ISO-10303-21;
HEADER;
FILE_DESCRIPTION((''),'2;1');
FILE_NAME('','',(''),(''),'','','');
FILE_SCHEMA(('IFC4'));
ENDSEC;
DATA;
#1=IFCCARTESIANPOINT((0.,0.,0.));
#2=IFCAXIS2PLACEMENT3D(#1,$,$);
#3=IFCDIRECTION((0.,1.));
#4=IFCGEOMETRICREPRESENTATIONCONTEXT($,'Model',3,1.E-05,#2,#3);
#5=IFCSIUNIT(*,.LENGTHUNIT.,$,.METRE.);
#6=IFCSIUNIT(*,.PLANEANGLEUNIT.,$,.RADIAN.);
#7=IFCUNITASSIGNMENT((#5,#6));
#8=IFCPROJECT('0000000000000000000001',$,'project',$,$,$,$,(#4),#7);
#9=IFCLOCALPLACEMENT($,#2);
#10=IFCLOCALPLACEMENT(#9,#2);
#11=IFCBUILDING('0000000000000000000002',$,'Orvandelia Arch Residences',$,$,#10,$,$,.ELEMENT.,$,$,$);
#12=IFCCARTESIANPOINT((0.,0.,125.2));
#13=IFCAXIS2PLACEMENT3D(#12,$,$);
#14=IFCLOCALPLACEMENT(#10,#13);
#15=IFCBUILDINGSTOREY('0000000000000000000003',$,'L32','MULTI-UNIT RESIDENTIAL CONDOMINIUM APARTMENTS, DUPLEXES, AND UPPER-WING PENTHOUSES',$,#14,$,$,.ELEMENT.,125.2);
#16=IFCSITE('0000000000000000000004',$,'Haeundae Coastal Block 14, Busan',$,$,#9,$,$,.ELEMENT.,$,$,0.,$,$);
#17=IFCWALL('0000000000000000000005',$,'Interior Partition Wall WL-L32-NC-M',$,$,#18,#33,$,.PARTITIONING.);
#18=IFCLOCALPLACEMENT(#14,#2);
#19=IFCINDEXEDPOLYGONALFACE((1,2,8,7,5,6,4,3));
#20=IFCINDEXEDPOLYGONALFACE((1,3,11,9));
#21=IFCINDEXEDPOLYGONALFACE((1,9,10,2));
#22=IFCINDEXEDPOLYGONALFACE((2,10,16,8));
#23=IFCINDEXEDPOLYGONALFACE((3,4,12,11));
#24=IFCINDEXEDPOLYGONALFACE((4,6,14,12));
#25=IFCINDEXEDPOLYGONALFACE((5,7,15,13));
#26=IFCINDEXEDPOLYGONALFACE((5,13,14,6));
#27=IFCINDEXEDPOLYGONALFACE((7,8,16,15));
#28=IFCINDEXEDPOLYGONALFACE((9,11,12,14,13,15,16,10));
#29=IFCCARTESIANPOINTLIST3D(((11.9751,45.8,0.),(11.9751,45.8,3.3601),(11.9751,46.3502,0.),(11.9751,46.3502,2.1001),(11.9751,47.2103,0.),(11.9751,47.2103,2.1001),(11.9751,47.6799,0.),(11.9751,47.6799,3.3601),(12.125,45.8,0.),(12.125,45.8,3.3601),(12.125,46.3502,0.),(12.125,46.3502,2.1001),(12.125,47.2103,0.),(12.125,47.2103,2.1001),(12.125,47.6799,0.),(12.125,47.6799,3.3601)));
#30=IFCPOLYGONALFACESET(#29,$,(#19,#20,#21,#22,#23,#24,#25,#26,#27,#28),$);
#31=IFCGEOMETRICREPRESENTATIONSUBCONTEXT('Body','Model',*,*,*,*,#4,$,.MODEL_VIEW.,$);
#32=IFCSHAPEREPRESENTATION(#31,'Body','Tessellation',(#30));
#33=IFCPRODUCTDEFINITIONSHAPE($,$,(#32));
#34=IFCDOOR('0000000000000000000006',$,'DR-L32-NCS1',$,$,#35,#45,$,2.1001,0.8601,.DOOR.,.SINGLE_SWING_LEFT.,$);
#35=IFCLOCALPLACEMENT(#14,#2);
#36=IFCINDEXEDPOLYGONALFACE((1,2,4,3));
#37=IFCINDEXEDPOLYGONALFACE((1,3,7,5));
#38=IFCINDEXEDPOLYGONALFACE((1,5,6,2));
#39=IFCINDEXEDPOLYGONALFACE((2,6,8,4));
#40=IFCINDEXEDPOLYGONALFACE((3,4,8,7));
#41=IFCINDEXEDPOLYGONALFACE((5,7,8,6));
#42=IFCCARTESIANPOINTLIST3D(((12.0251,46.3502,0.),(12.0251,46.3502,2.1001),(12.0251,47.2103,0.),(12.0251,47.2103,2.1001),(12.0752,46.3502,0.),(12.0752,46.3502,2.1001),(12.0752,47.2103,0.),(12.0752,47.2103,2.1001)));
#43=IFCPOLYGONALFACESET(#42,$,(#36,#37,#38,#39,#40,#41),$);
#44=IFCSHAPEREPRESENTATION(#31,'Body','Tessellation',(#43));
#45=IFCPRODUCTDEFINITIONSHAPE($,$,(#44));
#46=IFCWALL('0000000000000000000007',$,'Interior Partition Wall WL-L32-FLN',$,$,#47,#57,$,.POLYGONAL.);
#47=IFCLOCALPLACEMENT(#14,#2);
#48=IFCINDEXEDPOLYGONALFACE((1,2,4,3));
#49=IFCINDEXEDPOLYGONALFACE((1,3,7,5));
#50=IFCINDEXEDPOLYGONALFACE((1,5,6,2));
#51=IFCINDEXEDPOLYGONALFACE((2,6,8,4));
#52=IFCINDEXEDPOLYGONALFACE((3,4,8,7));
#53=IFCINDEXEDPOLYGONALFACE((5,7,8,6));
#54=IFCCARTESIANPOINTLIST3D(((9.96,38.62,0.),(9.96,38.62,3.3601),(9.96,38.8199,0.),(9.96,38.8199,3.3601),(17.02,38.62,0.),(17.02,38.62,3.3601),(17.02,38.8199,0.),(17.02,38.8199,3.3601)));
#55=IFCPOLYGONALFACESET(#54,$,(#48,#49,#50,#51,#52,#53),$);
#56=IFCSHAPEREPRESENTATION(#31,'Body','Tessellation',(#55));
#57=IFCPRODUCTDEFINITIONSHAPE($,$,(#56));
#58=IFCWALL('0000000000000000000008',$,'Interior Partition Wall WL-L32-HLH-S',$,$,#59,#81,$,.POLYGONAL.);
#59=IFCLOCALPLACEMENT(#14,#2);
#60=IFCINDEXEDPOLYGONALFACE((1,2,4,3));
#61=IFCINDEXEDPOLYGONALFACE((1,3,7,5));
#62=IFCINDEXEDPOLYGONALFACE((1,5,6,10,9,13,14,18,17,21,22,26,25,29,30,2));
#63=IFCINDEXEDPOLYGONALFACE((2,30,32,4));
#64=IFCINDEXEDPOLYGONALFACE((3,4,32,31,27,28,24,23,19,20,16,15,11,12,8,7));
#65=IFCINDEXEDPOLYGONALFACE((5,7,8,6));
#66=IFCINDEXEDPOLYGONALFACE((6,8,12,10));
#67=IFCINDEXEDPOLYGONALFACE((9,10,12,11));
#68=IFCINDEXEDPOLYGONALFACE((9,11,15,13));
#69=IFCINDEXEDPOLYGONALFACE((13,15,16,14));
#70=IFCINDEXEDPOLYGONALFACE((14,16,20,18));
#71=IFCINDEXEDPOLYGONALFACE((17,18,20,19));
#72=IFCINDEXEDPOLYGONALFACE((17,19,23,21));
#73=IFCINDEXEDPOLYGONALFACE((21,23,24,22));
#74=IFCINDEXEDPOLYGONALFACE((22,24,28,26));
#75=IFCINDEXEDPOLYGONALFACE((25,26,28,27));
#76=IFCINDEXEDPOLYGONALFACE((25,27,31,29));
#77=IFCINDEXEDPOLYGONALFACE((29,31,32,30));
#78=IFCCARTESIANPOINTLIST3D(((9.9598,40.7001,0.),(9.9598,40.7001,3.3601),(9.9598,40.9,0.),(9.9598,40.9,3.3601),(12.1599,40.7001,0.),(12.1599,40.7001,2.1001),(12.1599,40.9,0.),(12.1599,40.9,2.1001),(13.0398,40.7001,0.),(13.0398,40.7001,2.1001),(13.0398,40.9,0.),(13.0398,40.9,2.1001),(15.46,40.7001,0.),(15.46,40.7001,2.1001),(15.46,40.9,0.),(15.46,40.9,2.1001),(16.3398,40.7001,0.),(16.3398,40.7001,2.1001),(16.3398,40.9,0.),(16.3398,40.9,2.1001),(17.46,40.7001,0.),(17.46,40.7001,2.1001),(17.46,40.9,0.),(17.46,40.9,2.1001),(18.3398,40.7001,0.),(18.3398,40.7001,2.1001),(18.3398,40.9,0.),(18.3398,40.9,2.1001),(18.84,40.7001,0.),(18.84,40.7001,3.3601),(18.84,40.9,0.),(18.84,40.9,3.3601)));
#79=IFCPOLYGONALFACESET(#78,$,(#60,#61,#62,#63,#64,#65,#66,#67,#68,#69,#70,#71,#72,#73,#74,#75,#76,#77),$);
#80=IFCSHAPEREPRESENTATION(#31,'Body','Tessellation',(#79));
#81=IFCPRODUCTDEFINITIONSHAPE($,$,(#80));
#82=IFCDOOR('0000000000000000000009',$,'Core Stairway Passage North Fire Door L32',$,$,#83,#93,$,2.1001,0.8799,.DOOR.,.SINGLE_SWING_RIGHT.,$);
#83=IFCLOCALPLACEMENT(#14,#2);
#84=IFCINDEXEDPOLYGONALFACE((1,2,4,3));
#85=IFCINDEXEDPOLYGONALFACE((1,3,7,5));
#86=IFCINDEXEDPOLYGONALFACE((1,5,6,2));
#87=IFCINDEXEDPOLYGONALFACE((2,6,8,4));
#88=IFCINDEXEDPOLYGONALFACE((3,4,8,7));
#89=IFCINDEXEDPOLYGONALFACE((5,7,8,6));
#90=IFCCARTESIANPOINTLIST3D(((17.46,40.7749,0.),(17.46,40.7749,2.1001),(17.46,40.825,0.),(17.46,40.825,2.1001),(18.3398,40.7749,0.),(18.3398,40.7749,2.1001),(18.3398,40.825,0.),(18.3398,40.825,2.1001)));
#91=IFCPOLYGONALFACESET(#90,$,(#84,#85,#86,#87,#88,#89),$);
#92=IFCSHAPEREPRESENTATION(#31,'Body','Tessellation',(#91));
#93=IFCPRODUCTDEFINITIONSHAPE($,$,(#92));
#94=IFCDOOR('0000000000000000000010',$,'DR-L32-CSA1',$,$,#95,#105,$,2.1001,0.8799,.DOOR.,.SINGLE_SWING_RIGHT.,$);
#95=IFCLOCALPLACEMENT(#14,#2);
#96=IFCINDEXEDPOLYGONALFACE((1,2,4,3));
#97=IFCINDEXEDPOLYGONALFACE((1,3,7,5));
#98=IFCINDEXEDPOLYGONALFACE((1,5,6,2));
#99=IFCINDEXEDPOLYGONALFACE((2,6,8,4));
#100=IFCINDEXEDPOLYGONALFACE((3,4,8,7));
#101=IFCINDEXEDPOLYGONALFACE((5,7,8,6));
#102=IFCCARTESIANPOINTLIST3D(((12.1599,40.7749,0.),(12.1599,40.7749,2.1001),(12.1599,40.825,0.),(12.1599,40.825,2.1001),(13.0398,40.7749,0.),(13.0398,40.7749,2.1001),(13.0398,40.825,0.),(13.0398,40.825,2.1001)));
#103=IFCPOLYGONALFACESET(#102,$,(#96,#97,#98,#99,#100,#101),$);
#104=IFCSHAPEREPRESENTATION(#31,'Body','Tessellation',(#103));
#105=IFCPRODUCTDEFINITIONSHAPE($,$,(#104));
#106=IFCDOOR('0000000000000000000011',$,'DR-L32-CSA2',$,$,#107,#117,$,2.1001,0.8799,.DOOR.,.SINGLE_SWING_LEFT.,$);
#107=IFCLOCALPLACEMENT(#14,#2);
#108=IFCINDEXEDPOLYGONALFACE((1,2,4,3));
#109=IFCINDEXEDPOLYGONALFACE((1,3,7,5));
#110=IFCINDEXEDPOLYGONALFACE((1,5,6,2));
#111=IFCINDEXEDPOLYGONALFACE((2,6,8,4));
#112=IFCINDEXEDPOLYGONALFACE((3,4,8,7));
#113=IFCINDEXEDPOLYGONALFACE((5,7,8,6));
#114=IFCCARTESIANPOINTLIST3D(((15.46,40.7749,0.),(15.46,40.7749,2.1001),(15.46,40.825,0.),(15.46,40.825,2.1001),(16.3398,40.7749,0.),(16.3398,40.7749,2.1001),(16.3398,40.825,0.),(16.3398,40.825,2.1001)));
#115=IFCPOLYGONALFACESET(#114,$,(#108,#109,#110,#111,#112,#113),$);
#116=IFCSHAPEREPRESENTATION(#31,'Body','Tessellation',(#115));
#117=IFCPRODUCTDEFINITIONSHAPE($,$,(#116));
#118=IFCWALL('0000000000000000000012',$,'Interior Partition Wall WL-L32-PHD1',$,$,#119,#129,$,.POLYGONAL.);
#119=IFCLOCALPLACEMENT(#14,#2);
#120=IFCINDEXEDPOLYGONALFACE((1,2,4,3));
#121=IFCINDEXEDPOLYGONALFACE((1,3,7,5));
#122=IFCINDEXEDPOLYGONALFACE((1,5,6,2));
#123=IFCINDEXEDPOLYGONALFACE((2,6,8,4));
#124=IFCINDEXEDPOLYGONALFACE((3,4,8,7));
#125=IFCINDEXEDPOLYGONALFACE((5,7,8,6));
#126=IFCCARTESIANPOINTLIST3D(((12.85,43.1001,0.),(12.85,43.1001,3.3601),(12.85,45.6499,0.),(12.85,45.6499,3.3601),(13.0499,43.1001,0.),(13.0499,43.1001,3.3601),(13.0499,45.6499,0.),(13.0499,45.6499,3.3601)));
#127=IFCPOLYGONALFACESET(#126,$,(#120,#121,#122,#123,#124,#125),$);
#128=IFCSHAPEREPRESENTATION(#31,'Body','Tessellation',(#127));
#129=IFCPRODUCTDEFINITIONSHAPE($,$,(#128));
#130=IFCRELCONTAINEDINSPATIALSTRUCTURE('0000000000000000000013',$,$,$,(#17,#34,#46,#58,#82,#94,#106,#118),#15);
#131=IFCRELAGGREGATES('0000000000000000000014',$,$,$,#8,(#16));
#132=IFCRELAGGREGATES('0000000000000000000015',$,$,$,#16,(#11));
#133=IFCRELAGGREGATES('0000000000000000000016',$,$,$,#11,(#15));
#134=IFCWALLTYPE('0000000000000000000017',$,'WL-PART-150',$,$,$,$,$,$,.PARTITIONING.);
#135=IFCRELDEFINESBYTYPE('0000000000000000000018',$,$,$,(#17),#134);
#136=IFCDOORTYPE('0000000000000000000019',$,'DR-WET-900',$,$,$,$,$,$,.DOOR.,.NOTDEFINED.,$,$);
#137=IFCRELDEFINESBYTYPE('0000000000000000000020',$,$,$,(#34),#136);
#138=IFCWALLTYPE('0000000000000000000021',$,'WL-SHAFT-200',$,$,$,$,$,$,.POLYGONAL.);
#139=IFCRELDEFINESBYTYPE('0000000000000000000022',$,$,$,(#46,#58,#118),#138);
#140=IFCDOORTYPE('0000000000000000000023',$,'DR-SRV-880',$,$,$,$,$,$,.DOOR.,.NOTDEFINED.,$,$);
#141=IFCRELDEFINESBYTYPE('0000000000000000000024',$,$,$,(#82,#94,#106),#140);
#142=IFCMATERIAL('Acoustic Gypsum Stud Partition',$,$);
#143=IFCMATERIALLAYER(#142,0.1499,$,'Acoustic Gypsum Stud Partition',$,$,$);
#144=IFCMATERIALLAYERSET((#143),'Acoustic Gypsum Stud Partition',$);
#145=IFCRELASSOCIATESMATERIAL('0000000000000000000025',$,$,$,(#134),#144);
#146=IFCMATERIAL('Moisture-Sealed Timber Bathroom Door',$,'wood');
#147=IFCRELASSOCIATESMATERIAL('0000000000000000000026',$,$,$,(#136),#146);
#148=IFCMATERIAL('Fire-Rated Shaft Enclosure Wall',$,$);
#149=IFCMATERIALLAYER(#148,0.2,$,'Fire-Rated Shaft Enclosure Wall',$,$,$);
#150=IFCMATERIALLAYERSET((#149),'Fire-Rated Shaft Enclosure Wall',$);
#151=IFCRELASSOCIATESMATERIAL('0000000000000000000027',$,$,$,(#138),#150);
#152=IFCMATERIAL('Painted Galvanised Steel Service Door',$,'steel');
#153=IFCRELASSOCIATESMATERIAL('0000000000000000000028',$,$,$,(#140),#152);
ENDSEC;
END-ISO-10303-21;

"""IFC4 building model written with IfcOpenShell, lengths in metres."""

from ifc_helpers import new_model, si_unit, direction, frame, frame_2d, origin, place, context, subcontext, project, spatial, rectangle, extrude, material, layer, layer_set, type_object, element, fill, save


model = new_model("IFC4")

# Units and contexts
model_context = context("Model", 3, precision=1e-05, world=origin(), true_north=direction((0.0, 1.0)))
body_context = subcontext(model_context, "Body", "Model", "MODEL_VIEW")
ifc_project = project(units=[si_unit("LENGTHUNIT", "METRE"), si_unit("PLANEANGLEUNIT", "RADIAN")], contexts=[model_context])

# Site, building, storey
site_placement = place(None, origin())
site = spatial("IfcSite", under=ifc_project, at=site_placement, Name="Haeundae Coastal Block 14, Busan", CompositionType="ELEMENT", RefElevation=0.0)
building_placement = place(site_placement, origin())
building = spatial("IfcBuilding", under=site, at=building_placement, Name="Orvandelia Arch Residences", CompositionType="ELEMENT")
storey_placement = place(building_placement, frame((0.0, 0.0, 125.2)))
storey = spatial("IfcBuildingStorey", under=building, at=storey_placement, Name="L32", Description="MULTI-UNIT RESIDENTIAL CONDOMINIUM APARTMENTS, DUPLEXES, AND UPPER-WING PENTHOUSES", CompositionType="ELEMENT", Elevation=125.2)

# Shared definitions
ifc_material_1 = material(Name="Acoustic Gypsum Stud Partition")
ifc_layer_1 = layer(ifc_material_1, 0.1499, Name="Acoustic Gypsum Stud Partition")
ifc_layer_set_1 = layer_set([ifc_layer_1], Name="Acoustic Gypsum Stud Partition")
wall_type_1 = type_object("IfcWallType", Name="WL-PART-150", PredefinedType="PARTITIONING", material=ifc_layer_set_1)

# Wall, opening, door
wall_1_placement = place(storey_placement, frame((12.05, 45.8, 0.0), z_axis=(0.0, 0.0, 1.0), x_axis=(0.0, 1.0, 0.0)))
wall_1 = element("IfcWall", 1, at=wall_1_placement, inside=storey, type_object=wall_type_1, Name="Interior Partition Wall WL-L32-NC-M", PredefinedType="PARTITIONING", context=body_context, shape_type="SweptSolid", body=[
    extrude(rectangle(XDim=1.8799, YDim=0.1499, at=frame_2d((0.9399, 0.0))), origin(), (0.0, 0.0, 1.0), 3.3601),
])
opening_1_placement = place(wall_1_placement, frame((0.55, 0.0, 0.0)))
opening_1 = element("IfcOpeningElement", 2, at=opening_1_placement, cuts=wall_1, PredefinedType="OPENING", context=body_context, shape_type="SweptSolid", body=[
    extrude(rectangle(XDim=0.8601, YDim=2.1001, at=frame_2d((0.4302, 1.05))), frame((0.0, 0.085, 0.0), z_axis=(0.0, -1.0, 0.0), x_axis=(1.0, 0.0, 0.0)), (0.0, 0.0, 1.0), 0.1699),
])
ifc_material_2 = material(Name="Moisture-Sealed Timber Bathroom Door", Category="wood")
door_type_1 = type_object("IfcDoorType", Name="DR-WET-900", OperationType="NOTDEFINED", PredefinedType="DOOR", material=ifc_material_2)
door_1_placement = place(opening_1_placement, origin())
door_1 = element("IfcDoor", 3, at=door_1_placement, inside=storey, type_object=door_type_1, Name="DR-L32-NCS1", OperationType="SINGLE_SWING_LEFT", OverallHeight=2.1001, OverallWidth=0.8601, PredefinedType="DOOR", context=body_context, shape_type="SweptSolid", body=[
    extrude(rectangle(XDim=0.8601, YDim=2.1001, at=frame_2d((0.4302, 1.05))), frame((0.0, 0.0249, 0.0), z_axis=(0.0, -1.0, 0.0), x_axis=(1.0, 0.0, 0.0)), (0.0, 0.0, 1.0), 0.05),
])
fill(opening_1, door_1)

# Wall
ifc_material_3 = material(Name="Fire-Rated Shaft Enclosure Wall")
ifc_layer_2 = layer(ifc_material_3, 0.2, Name="Fire-Rated Shaft Enclosure Wall")
ifc_layer_set_2 = layer_set([ifc_layer_2], Name="Fire-Rated Shaft Enclosure Wall")
wall_type_2 = type_object("IfcWallType", Name="WL-SHAFT-200", PredefinedType="POLYGONAL", material=ifc_layer_set_2)
wall_2_placement = place(storey_placement, frame((9.96, 38.72, 0.0), z_axis=(0.0, 0.0, 1.0), x_axis=(1.0, 0.0, 0.0)))
element("IfcWall", 4, at=wall_2_placement, inside=storey, type_object=wall_type_2, Name="Interior Partition Wall WL-L32-FLN", PredefinedType="POLYGONAL", context=body_context, shape_type="SweptSolid", body=[
    extrude(rectangle(XDim=7.0601, YDim=0.2, at=frame_2d((3.53, 0.0))), origin(), (0.0, 0.0, 1.0), 3.3601),
])

# Wall, openings, doors
wall_3_placement = place(storey_placement, frame((9.96, 40.8, 0.0), z_axis=(0.0, 0.0, 1.0), x_axis=(1.0, 0.0, 0.0)))
wall_3 = element("IfcWall", 5, at=wall_3_placement, inside=storey, type_object=wall_type_2, Name="Interior Partition Wall WL-L32-HLH-S", PredefinedType="POLYGONAL", context=body_context, shape_type="SweptSolid", body=[
    extrude(rectangle(XDim=8.8801, YDim=0.2, at=frame_2d((4.4399, 0.0))), origin(), (0.0, 0.0, 1.0), 3.3601),
])
opening_2_placement = place(wall_3_placement, frame((7.5, 0.0, 0.0)))
opening_2 = element("IfcOpeningElement", 6, at=opening_2_placement, cuts=wall_3, PredefinedType="OPENING", context=body_context, shape_type="SweptSolid", body=[
    extrude(rectangle(XDim=0.8799, YDim=2.1001, at=frame_2d((0.4399, 1.05))), frame((0.0, 0.1099, 0.0), z_axis=(0.0, -1.0, 0.0), x_axis=(1.0, 0.0, 0.0)), (0.0, 0.0, 1.0), 0.22),
])
opening_3_placement = place(wall_3_placement, frame((2.2, 0.0, 0.0)))
opening_3 = element("IfcOpeningElement", 7, at=opening_3_placement, cuts=wall_3, PredefinedType="OPENING", context=body_context, shape_type="SweptSolid", body=[
    extrude(rectangle(XDim=0.8799, YDim=2.1001, at=frame_2d((0.4399, 1.05))), frame((0.0, 0.1099, 0.0), z_axis=(0.0, -1.0, 0.0), x_axis=(1.0, 0.0, 0.0)), (0.0, 0.0, 1.0), 0.22),
])
opening_4_placement = place(wall_3_placement, frame((5.5, 0.0, 0.0)))
opening_4 = element("IfcOpeningElement", 8, at=opening_4_placement, cuts=wall_3, PredefinedType="OPENING", context=body_context, shape_type="SweptSolid", body=[
    extrude(rectangle(XDim=0.8799, YDim=2.1001, at=frame_2d((0.4399, 1.05))), frame((0.0, 0.1099, 0.0), z_axis=(0.0, -1.0, 0.0), x_axis=(1.0, 0.0, 0.0)), (0.0, 0.0, 1.0), 0.22),
])
ifc_material_4 = material(Name="Painted Galvanised Steel Service Door", Category="steel")
door_type_2 = type_object("IfcDoorType", Name="DR-SRV-880", OperationType="NOTDEFINED", PredefinedType="DOOR", material=ifc_material_4)
door_2_placement = place(opening_2_placement, origin())
door_2 = element("IfcDoor", 9, at=door_2_placement, inside=storey, type_object=door_type_2, Name="Core Stairway Passage North Fire Door L32", OperationType="SINGLE_SWING_RIGHT", OverallHeight=2.1001, OverallWidth=0.8799, PredefinedType="DOOR", context=body_context, shape_type="SweptSolid", body=[
    extrude(rectangle(XDim=0.8799, YDim=2.1001, at=frame_2d((0.4399, 1.05))), frame((0.0, 0.0249, 0.0), z_axis=(0.0, -1.0, 0.0), x_axis=(1.0, 0.0, 0.0)), (0.0, 0.0, 1.0), 0.05),
])
fill(opening_2, door_2)
door_3_placement = place(opening_3_placement, origin())
door_3 = element("IfcDoor", 10, at=door_3_placement, inside=storey, type_object=door_type_2, Name="DR-L32-CSA1", OperationType="SINGLE_SWING_RIGHT", OverallHeight=2.1001, OverallWidth=0.8799, PredefinedType="DOOR", context=body_context, shape_type="SweptSolid", body=[
    extrude(rectangle(XDim=0.8799, YDim=2.1001, at=frame_2d((0.4399, 1.05))), frame((0.0, 0.0249, 0.0), z_axis=(0.0, -1.0, 0.0), x_axis=(1.0, 0.0, 0.0)), (0.0, 0.0, 1.0), 0.05),
])
fill(opening_3, door_3)
door_4_placement = place(opening_4_placement, origin())
door_4 = element("IfcDoor", 11, at=door_4_placement, inside=storey, type_object=door_type_2, Name="DR-L32-CSA2", OperationType="SINGLE_SWING_LEFT", OverallHeight=2.1001, OverallWidth=0.8799, PredefinedType="DOOR", context=body_context, shape_type="SweptSolid", body=[
    extrude(rectangle(XDim=0.8799, YDim=2.1001, at=frame_2d((0.4399, 1.05))), frame((0.0, 0.0249, 0.0), z_axis=(0.0, -1.0, 0.0), x_axis=(1.0, 0.0, 0.0)), (0.0, 0.0, 1.0), 0.05),
])
fill(opening_4, door_4)

# Wall
wall_4_placement = place(storey_placement, frame((12.95, 43.1001, 0.0), z_axis=(0.0, 0.0, 1.0), x_axis=(0.0, 1.0, 0.0)))
element("IfcWall", 12, at=wall_4_placement, inside=storey, type_object=wall_type_2, Name="Interior Partition Wall WL-L32-PHD1", PredefinedType="POLYGONAL", context=body_context, shape_type="SweptSolid", body=[
    extrude(rectangle(XDim=2.5498, YDim=0.2, at=frame_2d((1.2749, 0.0))), origin(), (0.0, 0.0, 1.0), 3.3601),
])

save(model, "model.ifc")
